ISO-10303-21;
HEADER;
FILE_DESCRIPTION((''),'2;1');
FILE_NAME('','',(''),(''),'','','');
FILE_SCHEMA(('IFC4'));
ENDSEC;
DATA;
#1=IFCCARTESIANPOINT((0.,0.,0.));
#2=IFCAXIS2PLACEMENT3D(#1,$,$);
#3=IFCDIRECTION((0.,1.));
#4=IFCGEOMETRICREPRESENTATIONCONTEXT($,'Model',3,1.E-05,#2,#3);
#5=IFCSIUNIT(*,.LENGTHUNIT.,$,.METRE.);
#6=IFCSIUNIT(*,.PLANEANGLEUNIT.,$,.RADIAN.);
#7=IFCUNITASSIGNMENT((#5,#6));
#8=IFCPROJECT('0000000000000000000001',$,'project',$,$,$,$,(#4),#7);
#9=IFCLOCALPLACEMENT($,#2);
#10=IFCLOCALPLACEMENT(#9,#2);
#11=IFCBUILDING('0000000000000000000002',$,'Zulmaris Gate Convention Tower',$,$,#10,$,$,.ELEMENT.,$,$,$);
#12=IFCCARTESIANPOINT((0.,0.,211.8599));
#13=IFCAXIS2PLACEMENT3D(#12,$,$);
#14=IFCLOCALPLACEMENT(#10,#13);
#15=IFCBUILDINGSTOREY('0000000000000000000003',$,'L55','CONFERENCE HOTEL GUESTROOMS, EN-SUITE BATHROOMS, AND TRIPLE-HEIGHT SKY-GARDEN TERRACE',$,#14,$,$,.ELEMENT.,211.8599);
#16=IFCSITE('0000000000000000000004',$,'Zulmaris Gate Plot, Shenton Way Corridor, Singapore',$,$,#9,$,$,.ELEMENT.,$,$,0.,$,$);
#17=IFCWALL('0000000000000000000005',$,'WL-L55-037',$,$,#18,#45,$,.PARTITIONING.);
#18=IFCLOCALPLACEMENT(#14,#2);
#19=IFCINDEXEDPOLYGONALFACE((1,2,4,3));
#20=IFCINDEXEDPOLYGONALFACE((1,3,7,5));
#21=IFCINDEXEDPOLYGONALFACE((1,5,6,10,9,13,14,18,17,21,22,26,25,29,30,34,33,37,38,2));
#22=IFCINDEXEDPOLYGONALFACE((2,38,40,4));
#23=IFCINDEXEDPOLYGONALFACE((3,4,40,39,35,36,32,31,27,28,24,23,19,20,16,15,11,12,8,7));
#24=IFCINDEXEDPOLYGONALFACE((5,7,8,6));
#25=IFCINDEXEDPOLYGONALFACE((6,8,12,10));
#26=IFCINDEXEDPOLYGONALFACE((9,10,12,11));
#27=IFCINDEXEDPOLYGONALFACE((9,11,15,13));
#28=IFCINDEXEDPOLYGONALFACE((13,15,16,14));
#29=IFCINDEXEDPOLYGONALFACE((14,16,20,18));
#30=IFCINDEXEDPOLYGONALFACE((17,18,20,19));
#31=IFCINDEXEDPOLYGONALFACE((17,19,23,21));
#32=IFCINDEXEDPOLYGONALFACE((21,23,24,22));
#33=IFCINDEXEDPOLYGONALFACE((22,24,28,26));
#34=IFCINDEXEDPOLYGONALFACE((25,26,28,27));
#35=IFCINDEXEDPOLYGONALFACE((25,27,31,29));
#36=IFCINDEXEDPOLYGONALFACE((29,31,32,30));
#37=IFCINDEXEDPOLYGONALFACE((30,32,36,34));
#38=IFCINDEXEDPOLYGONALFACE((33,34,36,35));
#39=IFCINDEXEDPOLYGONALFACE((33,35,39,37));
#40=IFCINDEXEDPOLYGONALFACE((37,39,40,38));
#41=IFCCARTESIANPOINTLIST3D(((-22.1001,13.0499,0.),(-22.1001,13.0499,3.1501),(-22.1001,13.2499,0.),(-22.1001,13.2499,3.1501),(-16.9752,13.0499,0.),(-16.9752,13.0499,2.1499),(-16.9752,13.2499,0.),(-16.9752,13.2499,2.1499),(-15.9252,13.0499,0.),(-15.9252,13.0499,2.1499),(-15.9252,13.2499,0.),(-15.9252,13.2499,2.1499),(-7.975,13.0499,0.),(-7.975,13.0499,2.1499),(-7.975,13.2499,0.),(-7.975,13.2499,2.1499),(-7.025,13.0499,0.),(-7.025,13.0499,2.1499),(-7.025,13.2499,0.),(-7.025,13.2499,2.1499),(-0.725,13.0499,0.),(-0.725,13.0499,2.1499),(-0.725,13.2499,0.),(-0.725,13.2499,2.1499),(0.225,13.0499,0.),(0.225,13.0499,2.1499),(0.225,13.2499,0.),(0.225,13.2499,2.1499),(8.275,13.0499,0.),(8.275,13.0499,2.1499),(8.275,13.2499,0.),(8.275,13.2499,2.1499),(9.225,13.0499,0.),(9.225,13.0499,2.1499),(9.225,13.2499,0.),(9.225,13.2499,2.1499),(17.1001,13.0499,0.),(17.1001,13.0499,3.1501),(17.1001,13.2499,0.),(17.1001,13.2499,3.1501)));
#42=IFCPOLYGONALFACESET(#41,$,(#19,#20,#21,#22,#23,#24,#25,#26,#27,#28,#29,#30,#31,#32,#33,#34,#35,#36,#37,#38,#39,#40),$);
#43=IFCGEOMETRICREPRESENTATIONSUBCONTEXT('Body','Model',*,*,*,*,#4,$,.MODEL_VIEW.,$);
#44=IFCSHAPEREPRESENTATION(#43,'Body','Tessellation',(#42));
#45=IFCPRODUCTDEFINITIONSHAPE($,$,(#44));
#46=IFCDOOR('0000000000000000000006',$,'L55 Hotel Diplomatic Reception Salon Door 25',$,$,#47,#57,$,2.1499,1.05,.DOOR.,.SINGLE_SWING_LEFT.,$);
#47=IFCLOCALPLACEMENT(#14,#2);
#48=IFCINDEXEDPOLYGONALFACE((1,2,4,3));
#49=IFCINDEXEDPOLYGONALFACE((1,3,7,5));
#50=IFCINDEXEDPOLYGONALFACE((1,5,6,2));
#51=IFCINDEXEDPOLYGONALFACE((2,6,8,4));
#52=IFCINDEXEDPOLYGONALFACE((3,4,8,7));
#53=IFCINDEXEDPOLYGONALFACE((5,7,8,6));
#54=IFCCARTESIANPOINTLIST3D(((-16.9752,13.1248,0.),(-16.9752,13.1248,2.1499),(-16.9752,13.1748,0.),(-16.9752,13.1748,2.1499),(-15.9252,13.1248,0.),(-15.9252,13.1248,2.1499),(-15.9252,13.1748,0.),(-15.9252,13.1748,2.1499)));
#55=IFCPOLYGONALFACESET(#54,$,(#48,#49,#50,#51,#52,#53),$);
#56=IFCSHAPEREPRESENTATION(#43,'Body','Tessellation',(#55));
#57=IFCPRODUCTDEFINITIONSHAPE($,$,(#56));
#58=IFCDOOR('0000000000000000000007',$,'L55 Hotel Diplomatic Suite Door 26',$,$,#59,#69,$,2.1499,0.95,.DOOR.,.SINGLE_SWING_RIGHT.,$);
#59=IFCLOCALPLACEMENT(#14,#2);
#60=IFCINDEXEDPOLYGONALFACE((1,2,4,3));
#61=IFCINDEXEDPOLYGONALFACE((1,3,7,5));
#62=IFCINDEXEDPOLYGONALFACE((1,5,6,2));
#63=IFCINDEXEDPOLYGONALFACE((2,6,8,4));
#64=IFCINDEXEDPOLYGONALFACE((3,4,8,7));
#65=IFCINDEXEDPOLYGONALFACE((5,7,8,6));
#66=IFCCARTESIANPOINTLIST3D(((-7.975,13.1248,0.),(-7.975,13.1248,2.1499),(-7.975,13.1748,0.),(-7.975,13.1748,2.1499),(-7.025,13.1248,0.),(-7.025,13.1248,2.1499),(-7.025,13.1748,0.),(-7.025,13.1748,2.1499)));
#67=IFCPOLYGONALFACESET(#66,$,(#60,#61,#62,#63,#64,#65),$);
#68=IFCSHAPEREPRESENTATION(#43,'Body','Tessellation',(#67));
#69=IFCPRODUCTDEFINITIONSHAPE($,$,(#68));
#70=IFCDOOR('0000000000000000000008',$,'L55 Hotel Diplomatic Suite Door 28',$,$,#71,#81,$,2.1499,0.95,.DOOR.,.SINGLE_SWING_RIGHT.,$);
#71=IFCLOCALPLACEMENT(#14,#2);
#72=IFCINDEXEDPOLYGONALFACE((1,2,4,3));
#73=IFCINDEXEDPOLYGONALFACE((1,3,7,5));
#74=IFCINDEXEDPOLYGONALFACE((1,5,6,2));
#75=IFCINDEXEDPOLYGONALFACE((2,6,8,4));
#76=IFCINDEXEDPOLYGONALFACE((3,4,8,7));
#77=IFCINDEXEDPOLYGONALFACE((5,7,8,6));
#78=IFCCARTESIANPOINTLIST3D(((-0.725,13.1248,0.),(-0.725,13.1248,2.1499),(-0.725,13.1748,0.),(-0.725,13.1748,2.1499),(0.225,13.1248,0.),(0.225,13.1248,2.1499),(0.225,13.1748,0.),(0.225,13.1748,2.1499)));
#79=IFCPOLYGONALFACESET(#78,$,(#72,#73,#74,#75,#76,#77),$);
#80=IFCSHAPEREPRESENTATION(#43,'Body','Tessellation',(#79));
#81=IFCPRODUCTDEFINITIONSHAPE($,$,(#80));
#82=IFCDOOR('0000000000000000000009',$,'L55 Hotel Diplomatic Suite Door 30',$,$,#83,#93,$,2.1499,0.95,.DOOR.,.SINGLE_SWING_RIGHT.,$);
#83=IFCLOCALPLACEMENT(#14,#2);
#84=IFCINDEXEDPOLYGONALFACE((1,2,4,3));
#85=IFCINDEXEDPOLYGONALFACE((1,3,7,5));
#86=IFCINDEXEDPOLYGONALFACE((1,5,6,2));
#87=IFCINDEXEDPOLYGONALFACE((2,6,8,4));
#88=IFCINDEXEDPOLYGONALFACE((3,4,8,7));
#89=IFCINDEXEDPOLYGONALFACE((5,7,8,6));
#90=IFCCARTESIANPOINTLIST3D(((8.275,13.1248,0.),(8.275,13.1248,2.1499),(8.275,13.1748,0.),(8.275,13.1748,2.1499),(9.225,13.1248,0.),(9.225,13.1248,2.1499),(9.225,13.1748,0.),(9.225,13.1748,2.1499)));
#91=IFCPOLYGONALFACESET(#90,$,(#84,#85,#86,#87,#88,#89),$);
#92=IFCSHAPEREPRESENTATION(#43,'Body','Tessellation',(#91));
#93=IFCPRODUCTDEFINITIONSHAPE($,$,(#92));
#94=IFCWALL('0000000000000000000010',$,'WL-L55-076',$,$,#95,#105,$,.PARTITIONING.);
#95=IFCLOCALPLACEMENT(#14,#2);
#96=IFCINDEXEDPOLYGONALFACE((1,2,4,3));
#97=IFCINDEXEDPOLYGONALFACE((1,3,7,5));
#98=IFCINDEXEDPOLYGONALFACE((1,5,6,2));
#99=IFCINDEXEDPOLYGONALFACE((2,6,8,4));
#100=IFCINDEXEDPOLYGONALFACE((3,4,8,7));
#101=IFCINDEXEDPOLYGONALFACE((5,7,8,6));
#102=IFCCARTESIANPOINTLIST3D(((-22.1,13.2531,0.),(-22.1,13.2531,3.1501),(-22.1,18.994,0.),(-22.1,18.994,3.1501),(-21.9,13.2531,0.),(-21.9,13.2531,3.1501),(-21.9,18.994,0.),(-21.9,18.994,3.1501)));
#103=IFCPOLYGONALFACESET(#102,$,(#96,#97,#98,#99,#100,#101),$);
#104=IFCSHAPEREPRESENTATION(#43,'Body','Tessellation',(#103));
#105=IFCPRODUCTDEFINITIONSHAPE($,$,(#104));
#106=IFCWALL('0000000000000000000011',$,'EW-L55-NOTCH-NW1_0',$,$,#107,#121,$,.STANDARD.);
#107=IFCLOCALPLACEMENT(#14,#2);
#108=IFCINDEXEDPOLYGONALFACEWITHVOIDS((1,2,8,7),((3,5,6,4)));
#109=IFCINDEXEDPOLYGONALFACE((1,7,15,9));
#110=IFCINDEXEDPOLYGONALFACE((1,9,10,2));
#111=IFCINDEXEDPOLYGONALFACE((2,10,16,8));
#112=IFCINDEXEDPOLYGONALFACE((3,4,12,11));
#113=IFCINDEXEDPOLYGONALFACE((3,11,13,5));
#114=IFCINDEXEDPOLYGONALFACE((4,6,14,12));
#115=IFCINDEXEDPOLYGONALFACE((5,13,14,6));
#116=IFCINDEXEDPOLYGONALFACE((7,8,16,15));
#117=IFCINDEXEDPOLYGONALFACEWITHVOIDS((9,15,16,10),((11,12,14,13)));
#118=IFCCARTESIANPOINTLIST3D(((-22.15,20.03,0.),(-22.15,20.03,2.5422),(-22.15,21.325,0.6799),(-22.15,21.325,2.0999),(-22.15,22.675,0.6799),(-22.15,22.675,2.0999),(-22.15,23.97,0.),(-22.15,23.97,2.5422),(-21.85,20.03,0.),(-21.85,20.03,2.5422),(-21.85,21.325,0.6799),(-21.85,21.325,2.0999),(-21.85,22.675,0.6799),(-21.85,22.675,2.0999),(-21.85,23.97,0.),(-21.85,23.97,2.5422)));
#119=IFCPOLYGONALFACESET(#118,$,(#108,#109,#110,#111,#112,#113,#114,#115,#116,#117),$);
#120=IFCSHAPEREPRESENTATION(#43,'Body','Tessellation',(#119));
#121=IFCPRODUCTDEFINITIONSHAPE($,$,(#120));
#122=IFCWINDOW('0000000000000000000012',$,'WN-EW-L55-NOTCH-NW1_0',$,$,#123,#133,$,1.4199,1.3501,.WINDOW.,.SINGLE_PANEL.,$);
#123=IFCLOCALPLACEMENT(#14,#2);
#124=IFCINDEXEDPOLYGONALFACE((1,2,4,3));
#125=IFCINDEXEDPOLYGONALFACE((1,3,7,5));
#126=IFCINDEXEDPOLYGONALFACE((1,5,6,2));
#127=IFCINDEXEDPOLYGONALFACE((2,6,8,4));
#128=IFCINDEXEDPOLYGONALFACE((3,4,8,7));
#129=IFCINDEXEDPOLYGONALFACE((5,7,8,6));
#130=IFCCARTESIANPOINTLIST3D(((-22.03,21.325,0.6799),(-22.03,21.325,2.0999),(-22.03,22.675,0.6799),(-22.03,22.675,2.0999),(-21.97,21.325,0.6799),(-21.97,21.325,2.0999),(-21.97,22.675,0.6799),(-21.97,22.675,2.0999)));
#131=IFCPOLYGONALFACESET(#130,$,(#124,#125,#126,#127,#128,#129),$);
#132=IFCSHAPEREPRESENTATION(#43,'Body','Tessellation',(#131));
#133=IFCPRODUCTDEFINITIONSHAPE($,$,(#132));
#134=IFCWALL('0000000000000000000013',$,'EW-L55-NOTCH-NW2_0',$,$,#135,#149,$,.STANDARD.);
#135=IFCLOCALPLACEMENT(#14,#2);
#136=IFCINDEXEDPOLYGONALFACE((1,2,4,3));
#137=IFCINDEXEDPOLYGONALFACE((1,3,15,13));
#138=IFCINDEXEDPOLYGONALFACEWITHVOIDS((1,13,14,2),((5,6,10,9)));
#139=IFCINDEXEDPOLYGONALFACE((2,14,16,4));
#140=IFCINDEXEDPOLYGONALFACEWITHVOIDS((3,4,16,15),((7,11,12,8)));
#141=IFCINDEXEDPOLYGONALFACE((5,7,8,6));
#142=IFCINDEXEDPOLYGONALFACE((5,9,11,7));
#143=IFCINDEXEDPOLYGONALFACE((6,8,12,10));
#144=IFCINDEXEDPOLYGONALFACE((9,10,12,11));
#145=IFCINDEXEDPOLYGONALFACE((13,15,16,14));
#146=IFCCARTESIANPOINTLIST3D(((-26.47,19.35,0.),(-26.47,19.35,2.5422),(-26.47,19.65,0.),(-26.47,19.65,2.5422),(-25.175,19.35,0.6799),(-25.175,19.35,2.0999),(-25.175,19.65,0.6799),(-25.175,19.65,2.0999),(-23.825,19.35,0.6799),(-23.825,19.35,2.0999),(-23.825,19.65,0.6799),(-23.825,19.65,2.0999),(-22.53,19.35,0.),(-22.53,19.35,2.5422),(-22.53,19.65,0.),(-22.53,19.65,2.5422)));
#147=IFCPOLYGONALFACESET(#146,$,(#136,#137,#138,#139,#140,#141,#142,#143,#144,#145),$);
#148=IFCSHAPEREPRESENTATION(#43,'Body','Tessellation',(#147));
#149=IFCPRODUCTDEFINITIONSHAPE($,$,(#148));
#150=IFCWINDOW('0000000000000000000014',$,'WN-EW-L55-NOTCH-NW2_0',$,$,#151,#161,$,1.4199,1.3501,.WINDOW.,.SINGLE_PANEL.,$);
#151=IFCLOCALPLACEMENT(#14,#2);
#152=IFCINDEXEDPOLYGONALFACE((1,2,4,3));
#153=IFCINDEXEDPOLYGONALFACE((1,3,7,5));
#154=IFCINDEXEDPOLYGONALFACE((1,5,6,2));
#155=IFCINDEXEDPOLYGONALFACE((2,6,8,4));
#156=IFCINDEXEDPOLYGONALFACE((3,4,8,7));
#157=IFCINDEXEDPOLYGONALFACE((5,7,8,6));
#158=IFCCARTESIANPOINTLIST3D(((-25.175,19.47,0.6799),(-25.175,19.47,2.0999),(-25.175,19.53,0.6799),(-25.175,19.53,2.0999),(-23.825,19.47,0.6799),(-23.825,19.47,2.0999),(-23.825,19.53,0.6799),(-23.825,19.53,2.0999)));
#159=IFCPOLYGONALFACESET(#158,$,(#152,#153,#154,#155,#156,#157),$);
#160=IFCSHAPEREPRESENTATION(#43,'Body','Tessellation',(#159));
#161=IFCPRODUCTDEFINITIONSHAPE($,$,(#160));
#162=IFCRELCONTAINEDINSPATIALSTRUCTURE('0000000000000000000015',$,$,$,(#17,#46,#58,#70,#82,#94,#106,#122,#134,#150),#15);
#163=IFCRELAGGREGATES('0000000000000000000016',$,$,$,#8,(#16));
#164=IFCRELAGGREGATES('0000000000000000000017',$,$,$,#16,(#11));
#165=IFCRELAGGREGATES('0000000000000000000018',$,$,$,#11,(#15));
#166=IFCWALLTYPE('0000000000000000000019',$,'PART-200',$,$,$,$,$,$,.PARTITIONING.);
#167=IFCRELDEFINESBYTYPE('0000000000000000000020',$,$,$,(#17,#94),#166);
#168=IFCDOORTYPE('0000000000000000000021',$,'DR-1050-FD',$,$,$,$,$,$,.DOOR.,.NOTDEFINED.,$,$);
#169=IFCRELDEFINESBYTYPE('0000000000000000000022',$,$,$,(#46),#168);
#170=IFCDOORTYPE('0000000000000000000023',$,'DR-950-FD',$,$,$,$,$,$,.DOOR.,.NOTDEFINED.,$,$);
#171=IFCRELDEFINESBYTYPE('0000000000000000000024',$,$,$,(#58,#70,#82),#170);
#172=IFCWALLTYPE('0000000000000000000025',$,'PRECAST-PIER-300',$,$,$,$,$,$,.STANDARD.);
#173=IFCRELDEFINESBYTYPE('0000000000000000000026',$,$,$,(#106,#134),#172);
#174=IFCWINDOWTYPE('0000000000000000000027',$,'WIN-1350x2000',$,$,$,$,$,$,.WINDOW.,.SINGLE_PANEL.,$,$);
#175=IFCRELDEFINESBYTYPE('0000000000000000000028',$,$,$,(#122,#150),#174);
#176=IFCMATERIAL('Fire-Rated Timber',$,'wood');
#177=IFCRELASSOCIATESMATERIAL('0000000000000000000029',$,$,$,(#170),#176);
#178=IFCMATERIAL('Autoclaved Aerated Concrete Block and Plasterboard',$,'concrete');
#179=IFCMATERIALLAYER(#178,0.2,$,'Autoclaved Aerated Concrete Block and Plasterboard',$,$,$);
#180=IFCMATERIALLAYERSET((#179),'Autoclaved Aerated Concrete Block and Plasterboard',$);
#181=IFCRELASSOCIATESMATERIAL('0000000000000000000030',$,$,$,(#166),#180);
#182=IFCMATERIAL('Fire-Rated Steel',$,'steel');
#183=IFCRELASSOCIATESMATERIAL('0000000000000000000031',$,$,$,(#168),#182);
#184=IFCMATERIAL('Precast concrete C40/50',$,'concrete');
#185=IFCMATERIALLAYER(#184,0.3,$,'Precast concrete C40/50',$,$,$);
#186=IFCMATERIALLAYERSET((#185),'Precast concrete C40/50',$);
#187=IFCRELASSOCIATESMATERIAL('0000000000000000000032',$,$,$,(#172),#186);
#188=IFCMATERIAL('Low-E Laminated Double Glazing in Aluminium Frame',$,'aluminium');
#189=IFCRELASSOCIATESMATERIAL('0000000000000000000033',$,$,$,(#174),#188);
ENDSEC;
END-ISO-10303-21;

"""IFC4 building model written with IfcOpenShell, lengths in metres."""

from ifc_helpers import new_model, si_unit, direction, frame, frame_2d, origin, place, context, subcontext, project, spatial, rectangle, extrude, material, layer, layer_set, type_object, element, fill, save


model = new_model("IFC4")

# Units and contexts
model_context = context("Model", 3, precision=1e-05, world=origin(), true_north=direction((0.0, 1.0)))
body_context = subcontext(model_context, "Body", "Model", "MODEL_VIEW")
ifc_project = project(units=[si_unit("LENGTHUNIT", "METRE"), si_unit("PLANEANGLEUNIT", "RADIAN")], contexts=[model_context])

# Site, building, storey
site_placement = place(None, origin())
site = spatial("IfcSite", under=ifc_project, at=site_placement, Name="Zulmaris Gate Plot, Shenton Way Corridor, Singapore", CompositionType="ELEMENT", RefElevation=0.0)
building_placement = place(site_placement, origin())
building = spatial("IfcBuilding", under=site, at=building_placement, Name="Zulmaris Gate Convention Tower", CompositionType="ELEMENT")
storey_placement = place(building_placement, frame((0.0, 0.0, 211.8599)))
storey = spatial("IfcBuildingStorey", under=building, at=storey_placement, Name="L55", Description="CONFERENCE HOTEL GUESTROOMS, EN-SUITE BATHROOMS, AND TRIPLE-HEIGHT SKY-GARDEN TERRACE", CompositionType="ELEMENT", Elevation=211.8599)

# Shared definitions
ifc_material_1 = material(Name="Fire-Rated Steel", Category="steel")

# Shared definitions
ifc_material_2 = material(Name="Fire-Rated Timber", Category="wood")
door_type_1 = type_object("IfcDoorType", Name="DR-950-FD", OperationType="NOTDEFINED", PredefinedType="DOOR", material=ifc_material_2)

# Wall, openings, doors
ifc_material_3 = material(Name="Autoclaved Aerated Concrete Block and Plasterboard", Category="concrete")
ifc_layer_1 = layer(ifc_material_3, 0.2, Name="Autoclaved Aerated Concrete Block and Plasterboard")
ifc_layer_set_1 = layer_set([ifc_layer_1], Name="Autoclaved Aerated Concrete Block and Plasterboard")
wall_type_1 = type_object("IfcWallType", Name="PART-200", PredefinedType="PARTITIONING", material=ifc_layer_set_1)
wall_1_placement = place(storey_placement, frame((-22.1001, 13.1499, 0.0), z_axis=(0.0, 0.0, 1.0), x_axis=(1.0, 0.0, 0.0)))
wall_1 = element("IfcWall", 1, at=wall_1_placement, inside=storey, type_object=wall_type_1, Name="WL-L55-037", PredefinedType="PARTITIONING", context=body_context, shape_type="SweptSolid", body=[
    extrude(rectangle(XDim=39.2002, YDim=0.2, at=frame_2d((19.6001, 0.0))), origin(), (0.0, 0.0, 1.0), 3.1501),
])
opening_1_placement = place(wall_1_placement, frame((5.125, 0.0, 0.0)))
opening_1 = element("IfcOpeningElement", 2, at=opening_1_placement, cuts=wall_1, PredefinedType="OPENING", context=body_context, shape_type="SweptSolid", body=[
    extrude(rectangle(XDim=1.05, YDim=2.1499, at=frame_2d((0.5249, 1.075))), frame((0.0, 0.1099, 0.0), z_axis=(0.0, -1.0, 0.0), x_axis=(1.0, 0.0, 0.0)), (0.0, 0.0, 1.0), 0.22),
])
opening_2_placement = place(wall_1_placement, frame((14.125, 0.0, 0.0)))
opening_2 = element("IfcOpeningElement", 3, at=opening_2_placement, cuts=wall_1, PredefinedType="OPENING", context=body_context, shape_type="SweptSolid", body=[
    extrude(rectangle(XDim=0.95, YDim=2.1499, at=frame_2d((0.4751, 1.075))), frame((0.0, 0.1099, 0.0), z_axis=(0.0, -1.0, 0.0), x_axis=(1.0, 0.0, 0.0)), (0.0, 0.0, 1.0), 0.22),
])
opening_3_placement = place(wall_1_placement, frame((21.375, 0.0, 0.0)))
opening_3 = element("IfcOpeningElement", 4, at=opening_3_placement, cuts=wall_1, PredefinedType="OPENING", context=body_context, shape_type="SweptSolid", body=[
    extrude(rectangle(XDim=0.95, YDim=2.1499, at=frame_2d((0.4751, 1.075))), frame((0.0, 0.1099, 0.0), z_axis=(0.0, -1.0, 0.0), x_axis=(1.0, 0.0, 0.0)), (0.0, 0.0, 1.0), 0.22),
])
opening_4_placement = place(wall_1_placement, frame((30.375, 0.0, 0.0)))
opening_4 = element("IfcOpeningElement", 5, at=opening_4_placement, cuts=wall_1, PredefinedType="OPENING", context=body_context, shape_type="SweptSolid", body=[
    extrude(rectangle(XDim=0.95, YDim=2.1499, at=frame_2d((0.4751, 1.075))), frame((0.0, 0.1099, 0.0), z_axis=(0.0, -1.0, 0.0), x_axis=(1.0, 0.0, 0.0)), (0.0, 0.0, 1.0), 0.22),
])
door_type_2 = type_object("IfcDoorType", Name="DR-1050-FD", OperationType="NOTDEFINED", PredefinedType="DOOR", material=ifc_material_1)
door_1_placement = place(opening_1_placement, origin())
door_1 = element("IfcDoor", 6, at=door_1_placement, inside=storey, type_object=door_type_2, Name="L55 Hotel Diplomatic Reception Salon Door 25", OperationType="SINGLE_SWING_LEFT", OverallHeight=2.1499, OverallWidth=1.05, PredefinedType="DOOR", context=body_context, shape_type="SweptSolid", body=[
    extrude(rectangle(XDim=1.05, YDim=2.1499, at=frame_2d((0.5249, 1.075))), frame((0.0, 0.0249, 0.0), z_axis=(0.0, -1.0, 0.0), x_axis=(1.0, 0.0, 0.0)), (0.0, 0.0, 1.0), 0.05),
])
fill(opening_1, door_1)
door_2_placement = place(opening_2_placement, origin())
door_2 = element("IfcDoor", 7, at=door_2_placement, inside=storey, type_object=door_type_1, Name="L55 Hotel Diplomatic Suite Door 26", OperationType="SINGLE_SWING_RIGHT", OverallHeight=2.1499, OverallWidth=0.95, PredefinedType="DOOR", context=body_context, shape_type="SweptSolid", body=[
    extrude(rectangle(XDim=0.95, YDim=2.1499, at=frame_2d((0.4751, 1.075))), frame((0.0, 0.0249, 0.0), z_axis=(0.0, -1.0, 0.0), x_axis=(1.0, 0.0, 0.0)), (0.0, 0.0, 1.0), 0.05),
])
fill(opening_2, door_2)
door_3_placement = place(opening_3_placement, origin())
door_3 = element("IfcDoor", 8, at=door_3_placement, inside=storey, type_object=door_type_1, Name="L55 Hotel Diplomatic Suite Door 28", OperationType="SINGLE_SWING_RIGHT", OverallHeight=2.1499, OverallWidth=0.95, PredefinedType="DOOR", context=body_context, shape_type="SweptSolid", body=[
    extrude(rectangle(XDim=0.95, YDim=2.1499, at=frame_2d((0.4751, 1.075))), frame((0.0, 0.0249, 0.0), z_axis=(0.0, -1.0, 0.0), x_axis=(1.0, 0.0, 0.0)), (0.0, 0.0, 1.0), 0.05),
])
fill(opening_3, door_3)
door_4_placement = place(opening_4_placement, origin())
door_4 = element("IfcDoor", 9, at=door_4_placement, inside=storey, type_object=door_type_1, Name="L55 Hotel Diplomatic Suite Door 30", OperationType="SINGLE_SWING_RIGHT", OverallHeight=2.1499, OverallWidth=0.95, PredefinedType="DOOR", context=body_context, shape_type="SweptSolid", body=[
    extrude(rectangle(XDim=0.95, YDim=2.1499, at=frame_2d((0.4751, 1.075))), frame((0.0, 0.0249, 0.0), z_axis=(0.0, -1.0, 0.0), x_axis=(1.0, 0.0, 0.0)), (0.0, 0.0, 1.0), 0.05),
])
fill(opening_4, door_4)

# Wall
wall_2_placement = place(storey_placement, frame((-22.0, 13.2529, 0.0), z_axis=(0.0, 0.0, 1.0), x_axis=(0.0, 1.0, 0.0)))
element("IfcWall", 10, at=wall_2_placement, inside=storey, type_object=wall_type_1, Name="WL-L55-076", PredefinedType="PARTITIONING", context=body_context, shape_type="SweptSolid", body=[
    extrude(rectangle(XDim=5.741, YDim=0.2, at=frame_2d((2.8706, 0.0))), origin(), (0.0, 0.0, 1.0), 3.1501),
])

# Walls, openings, windows
ifc_material_4 = material(Name="Precast concrete C40/50", Category="concrete")
ifc_layer_2 = layer(ifc_material_4, 0.3, Name="Precast concrete C40/50")
ifc_layer_set_2 = layer_set([ifc_layer_2], Name="Precast concrete C40/50")
wall_type_2 = type_object("IfcWallType", Name="PRECAST-PIER-300", PredefinedType="STANDARD", material=ifc_layer_set_2)
wall_3_placement = place(storey_placement, frame((-22.0, 23.97, 0.0), z_axis=(0.0, 0.0, 1.0), x_axis=(0.0, -1.0, 0.0)))
wall_3 = element("IfcWall", 11, at=wall_3_placement, inside=storey, type_object=wall_type_2, Name="EW-L55-NOTCH-NW1_0", PredefinedType="STANDARD", context=body_context, shape_type="SweptSolid", body=[
    extrude(rectangle(XDim=3.9399, YDim=0.3, at=frame_2d((1.97, 0.0))), origin(), (0.0, 0.0, 1.0), 2.5422),
])
opening_5_placement = place(wall_3_placement, frame((1.2949, 0.0, 0.6799)))
opening_5 = element("IfcOpeningElement", 12, at=opening_5_placement, cuts=wall_3, PredefinedType="OPENING", context=body_context, shape_type="SweptSolid", body=[
    extrude(rectangle(XDim=1.3501, YDim=1.4199, at=frame_2d((0.675, 0.71))), frame((0.0, 0.1602, 0.0), z_axis=(0.0, -1.0, 0.0), x_axis=(1.0, 0.0, 0.0)), (0.0, 0.0, 1.0), 0.3201),
])
ifc_material_5 = material(Name="Low-E Laminated Double Glazing in Aluminium Frame", Category="aluminium")
window_type = type_object("IfcWindowType", Name="WIN-1350x2000", PartitioningType="SINGLE_PANEL", PredefinedType="WINDOW", material=ifc_material_5)
window_1_placement = place(opening_5_placement, origin())
window_1 = element("IfcWindow", 13, at=window_1_placement, inside=storey, type_object=window_type, Name="WN-EW-L55-NOTCH-NW1_0", OverallHeight=1.4199, OverallWidth=1.3501, PartitioningType="SINGLE_PANEL", PredefinedType="WINDOW", context=body_context, shape_type="SweptSolid", body=[
    extrude(rectangle(XDim=1.3501, YDim=1.4199, at=frame_2d((0.675, 0.71))), frame((0.0, 0.03, 0.0), z_axis=(0.0, -1.0, 0.0), x_axis=(1.0, 0.0, 0.0)), (0.0, 0.0, 1.0), 0.0601),
])
fill(opening_5, window_1)
wall_4_placement = place(storey_placement, frame((-22.53, 19.5, 0.0), z_axis=(0.0, 0.0, 1.0), x_axis=(-1.0, 0.0, 0.0)))
wall_4 = element("IfcWall", 14, at=wall_4_placement, inside=storey, type_object=wall_type_2, Name="EW-L55-NOTCH-NW2_0", PredefinedType="STANDARD", context=body_context, shape_type="SweptSolid", body=[
    extrude(rectangle(XDim=3.9399, YDim=0.3, at=frame_2d((1.97, 0.0))), origin(), (0.0, 0.0, 1.0), 2.5422),
])
opening_6_placement = place(wall_4_placement, frame((1.2949, 0.0, 0.6799)))
opening_6 = element("IfcOpeningElement", 15, at=opening_6_placement, cuts=wall_4, PredefinedType="OPENING", context=body_context, shape_type="SweptSolid", body=[
    extrude(rectangle(XDim=1.3501, YDim=1.4199, at=frame_2d((0.675, 0.71))), frame((0.0, 0.1602, 0.0), z_axis=(0.0, -1.0, 0.0), x_axis=(1.0, 0.0, 0.0)), (0.0, 0.0, 1.0), 0.3201),
])
window_2_placement = place(opening_6_placement, origin())
window_2 = element("IfcWindow", 16, at=window_2_placement, inside=storey, type_object=window_type, Name="WN-EW-L55-NOTCH-NW2_0", OverallHeight=1.4199, OverallWidth=1.3501, PartitioningType="SINGLE_PANEL", PredefinedType="WINDOW", context=body_context, shape_type="SweptSolid", body=[
    extrude(rectangle(XDim=1.3501, YDim=1.4199, at=frame_2d((0.675, 0.71))), frame((0.0, 0.03, 0.0), z_axis=(0.0, -1.0, 0.0), x_axis=(1.0, 0.0, 0.0)), (0.0, 0.0, 1.0), 0.0601),
])
fill(opening_6, window_2)

save(model, "model.ifc")
